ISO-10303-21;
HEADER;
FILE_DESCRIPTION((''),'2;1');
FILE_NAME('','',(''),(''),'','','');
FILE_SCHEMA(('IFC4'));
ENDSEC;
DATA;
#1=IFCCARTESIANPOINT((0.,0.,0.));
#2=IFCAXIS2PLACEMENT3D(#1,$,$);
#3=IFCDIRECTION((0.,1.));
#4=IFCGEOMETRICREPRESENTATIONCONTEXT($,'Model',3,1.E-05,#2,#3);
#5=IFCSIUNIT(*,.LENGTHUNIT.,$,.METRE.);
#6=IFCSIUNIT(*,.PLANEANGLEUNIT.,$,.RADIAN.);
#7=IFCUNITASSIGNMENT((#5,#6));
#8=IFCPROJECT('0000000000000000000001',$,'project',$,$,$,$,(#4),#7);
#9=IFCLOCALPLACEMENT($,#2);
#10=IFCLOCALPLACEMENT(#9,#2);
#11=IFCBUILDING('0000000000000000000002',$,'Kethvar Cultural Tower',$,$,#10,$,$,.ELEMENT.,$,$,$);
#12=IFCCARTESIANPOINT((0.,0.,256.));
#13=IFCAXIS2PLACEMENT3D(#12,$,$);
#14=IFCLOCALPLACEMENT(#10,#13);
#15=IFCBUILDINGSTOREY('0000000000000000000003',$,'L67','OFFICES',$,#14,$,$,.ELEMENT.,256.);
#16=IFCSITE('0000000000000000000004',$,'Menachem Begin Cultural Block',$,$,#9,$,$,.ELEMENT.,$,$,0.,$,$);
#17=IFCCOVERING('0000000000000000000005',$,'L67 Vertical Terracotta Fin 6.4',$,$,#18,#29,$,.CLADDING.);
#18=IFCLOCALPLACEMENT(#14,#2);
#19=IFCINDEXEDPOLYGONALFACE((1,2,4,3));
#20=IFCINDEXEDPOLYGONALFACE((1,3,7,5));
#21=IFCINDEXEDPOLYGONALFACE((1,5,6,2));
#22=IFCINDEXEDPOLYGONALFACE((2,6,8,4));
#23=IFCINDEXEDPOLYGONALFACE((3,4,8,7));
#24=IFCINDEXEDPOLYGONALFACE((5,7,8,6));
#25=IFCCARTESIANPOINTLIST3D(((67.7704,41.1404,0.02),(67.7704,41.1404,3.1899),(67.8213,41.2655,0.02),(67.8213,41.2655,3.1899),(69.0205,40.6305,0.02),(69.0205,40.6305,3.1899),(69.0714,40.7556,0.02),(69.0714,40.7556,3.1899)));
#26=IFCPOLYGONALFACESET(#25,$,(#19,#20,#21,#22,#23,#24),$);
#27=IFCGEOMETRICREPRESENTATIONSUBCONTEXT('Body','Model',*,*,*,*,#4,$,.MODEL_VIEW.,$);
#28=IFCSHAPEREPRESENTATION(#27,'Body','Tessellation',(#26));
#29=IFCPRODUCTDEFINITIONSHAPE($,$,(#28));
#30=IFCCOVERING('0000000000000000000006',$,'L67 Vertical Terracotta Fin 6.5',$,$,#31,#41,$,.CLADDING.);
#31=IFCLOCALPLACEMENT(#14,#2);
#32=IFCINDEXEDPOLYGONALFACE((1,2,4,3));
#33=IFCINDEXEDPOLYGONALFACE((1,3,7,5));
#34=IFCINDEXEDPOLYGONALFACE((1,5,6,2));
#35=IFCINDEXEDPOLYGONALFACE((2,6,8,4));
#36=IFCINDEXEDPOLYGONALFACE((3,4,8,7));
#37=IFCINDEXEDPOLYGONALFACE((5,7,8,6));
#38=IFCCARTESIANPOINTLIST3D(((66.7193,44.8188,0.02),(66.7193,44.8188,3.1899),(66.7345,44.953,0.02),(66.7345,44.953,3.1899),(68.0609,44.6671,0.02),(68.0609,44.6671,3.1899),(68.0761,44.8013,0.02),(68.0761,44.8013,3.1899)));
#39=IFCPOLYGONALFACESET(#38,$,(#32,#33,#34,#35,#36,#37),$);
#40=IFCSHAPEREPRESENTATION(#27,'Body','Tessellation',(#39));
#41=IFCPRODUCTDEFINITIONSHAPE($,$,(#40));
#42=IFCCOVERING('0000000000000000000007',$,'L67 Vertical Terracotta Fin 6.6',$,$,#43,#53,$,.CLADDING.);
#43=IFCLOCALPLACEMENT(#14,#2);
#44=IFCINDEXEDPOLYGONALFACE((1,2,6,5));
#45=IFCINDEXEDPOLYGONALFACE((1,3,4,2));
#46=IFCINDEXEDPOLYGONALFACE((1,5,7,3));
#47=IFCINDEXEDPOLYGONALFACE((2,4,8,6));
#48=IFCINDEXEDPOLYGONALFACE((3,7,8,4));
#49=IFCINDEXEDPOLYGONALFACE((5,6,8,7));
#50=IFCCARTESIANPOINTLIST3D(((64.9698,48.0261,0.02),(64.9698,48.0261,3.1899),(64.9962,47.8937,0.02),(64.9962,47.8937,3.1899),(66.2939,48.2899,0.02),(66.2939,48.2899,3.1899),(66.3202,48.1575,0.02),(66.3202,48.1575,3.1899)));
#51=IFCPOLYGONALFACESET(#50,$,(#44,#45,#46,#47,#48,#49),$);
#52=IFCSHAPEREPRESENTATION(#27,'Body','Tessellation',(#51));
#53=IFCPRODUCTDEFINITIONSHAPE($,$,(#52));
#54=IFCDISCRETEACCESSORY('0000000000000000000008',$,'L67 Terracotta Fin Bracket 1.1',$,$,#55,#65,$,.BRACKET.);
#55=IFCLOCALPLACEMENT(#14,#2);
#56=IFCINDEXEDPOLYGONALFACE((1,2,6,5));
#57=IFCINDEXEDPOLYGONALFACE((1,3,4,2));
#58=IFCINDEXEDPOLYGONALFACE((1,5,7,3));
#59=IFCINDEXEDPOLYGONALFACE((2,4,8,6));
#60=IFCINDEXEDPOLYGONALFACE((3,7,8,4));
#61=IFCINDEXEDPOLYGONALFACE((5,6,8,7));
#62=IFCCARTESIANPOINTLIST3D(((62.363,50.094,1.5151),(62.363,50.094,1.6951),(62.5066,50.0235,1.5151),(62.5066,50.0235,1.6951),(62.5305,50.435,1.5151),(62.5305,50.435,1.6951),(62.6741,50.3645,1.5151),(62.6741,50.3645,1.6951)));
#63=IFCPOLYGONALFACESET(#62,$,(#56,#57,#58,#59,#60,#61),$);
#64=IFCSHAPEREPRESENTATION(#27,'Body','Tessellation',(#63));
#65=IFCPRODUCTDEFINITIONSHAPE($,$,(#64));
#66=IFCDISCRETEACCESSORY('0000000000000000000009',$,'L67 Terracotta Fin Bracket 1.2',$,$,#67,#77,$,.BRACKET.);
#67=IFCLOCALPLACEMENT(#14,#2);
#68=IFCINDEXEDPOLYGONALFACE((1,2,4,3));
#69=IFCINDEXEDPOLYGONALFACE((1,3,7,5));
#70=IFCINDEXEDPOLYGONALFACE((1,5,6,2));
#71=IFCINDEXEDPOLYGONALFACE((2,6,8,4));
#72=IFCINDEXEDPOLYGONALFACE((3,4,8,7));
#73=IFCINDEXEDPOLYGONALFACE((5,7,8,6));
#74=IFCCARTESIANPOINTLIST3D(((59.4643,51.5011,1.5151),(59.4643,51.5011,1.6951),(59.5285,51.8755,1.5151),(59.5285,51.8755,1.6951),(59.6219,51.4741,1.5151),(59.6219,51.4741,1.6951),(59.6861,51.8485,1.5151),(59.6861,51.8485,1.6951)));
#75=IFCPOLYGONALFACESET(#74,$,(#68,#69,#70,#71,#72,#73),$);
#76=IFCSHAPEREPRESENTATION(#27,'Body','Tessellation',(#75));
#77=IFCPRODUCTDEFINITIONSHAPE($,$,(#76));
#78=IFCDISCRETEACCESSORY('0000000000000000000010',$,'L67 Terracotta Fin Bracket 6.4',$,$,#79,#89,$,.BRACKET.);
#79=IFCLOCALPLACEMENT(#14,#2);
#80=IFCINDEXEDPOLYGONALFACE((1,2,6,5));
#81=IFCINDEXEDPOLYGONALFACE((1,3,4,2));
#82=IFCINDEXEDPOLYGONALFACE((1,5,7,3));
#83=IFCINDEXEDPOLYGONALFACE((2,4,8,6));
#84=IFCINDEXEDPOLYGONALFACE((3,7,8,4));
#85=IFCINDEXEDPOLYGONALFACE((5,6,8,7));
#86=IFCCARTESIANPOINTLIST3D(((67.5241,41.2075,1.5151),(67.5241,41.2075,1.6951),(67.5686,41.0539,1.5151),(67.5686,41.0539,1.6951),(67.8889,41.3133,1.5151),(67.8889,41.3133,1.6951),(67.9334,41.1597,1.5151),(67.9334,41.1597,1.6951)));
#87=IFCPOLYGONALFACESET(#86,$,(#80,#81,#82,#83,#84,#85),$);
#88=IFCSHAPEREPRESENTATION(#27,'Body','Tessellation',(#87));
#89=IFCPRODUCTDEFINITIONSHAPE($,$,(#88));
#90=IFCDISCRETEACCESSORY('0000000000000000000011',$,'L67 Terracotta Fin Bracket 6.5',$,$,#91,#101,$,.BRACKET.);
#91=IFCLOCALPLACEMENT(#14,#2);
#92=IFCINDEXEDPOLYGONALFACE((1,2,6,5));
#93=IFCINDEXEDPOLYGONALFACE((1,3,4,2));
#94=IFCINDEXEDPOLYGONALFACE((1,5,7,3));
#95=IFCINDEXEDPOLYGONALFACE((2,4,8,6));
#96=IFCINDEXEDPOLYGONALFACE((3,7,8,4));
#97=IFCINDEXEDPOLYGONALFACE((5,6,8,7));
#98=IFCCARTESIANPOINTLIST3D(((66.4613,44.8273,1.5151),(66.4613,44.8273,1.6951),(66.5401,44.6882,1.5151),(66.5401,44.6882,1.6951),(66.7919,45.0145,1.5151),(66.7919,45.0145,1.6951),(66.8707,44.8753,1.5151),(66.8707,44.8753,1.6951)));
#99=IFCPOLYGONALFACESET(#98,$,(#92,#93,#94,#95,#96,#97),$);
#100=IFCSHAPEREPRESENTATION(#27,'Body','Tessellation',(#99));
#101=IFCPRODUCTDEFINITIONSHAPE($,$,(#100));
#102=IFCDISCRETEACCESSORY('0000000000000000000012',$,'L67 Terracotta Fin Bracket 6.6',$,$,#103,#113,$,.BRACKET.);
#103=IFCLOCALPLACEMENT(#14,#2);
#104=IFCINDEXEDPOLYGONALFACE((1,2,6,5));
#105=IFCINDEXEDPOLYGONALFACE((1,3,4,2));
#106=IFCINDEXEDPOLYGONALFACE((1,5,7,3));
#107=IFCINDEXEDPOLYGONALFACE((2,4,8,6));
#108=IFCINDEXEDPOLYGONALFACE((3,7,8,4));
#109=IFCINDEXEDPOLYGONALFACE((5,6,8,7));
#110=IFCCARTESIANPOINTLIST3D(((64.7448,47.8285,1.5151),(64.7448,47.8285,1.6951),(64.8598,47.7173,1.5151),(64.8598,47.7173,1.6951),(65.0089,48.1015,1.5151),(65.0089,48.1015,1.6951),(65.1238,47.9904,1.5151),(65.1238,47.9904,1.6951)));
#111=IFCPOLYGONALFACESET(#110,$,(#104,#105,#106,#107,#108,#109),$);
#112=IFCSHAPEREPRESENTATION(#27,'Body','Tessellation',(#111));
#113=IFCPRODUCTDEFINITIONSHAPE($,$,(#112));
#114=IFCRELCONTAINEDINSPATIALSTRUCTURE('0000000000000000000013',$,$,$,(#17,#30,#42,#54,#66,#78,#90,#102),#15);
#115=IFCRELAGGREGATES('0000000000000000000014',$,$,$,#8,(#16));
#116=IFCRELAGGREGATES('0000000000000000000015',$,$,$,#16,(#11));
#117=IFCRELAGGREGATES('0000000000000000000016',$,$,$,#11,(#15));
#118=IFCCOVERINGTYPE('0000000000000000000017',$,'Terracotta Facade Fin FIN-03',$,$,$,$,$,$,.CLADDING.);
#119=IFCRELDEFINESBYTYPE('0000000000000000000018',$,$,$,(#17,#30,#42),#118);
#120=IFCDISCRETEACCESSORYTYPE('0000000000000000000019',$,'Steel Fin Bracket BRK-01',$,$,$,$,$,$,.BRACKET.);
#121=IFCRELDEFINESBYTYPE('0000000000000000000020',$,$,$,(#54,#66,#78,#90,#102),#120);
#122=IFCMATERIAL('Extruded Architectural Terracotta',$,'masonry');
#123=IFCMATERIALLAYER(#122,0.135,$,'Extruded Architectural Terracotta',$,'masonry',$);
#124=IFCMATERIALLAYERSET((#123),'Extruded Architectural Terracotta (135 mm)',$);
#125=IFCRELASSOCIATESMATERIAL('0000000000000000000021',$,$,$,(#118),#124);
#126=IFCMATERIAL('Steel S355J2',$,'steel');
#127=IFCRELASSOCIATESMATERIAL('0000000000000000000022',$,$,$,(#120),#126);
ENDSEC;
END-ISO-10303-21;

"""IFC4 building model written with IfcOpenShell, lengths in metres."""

from ifc_helpers import new_model, si_unit, direction, frame, origin, origin_2d, place, context, subcontext, project, spatial, rectangle, extrude, source, transform, mapped, material, layer, layer_set, type_object, element, save


model = new_model("IFC4")

# Units and contexts
model_context = context("Model", 3, precision=1e-05, world=origin(), true_north=direction((0.0, 1.0)))
body_context = subcontext(model_context, "Body", "Model", "MODEL_VIEW")
ifc_project = project(units=[si_unit("LENGTHUNIT", "METRE"), si_unit("PLANEANGLEUNIT", "RADIAN")], contexts=[model_context])

# Site, building, storey
site_placement = place(None, origin())
site = spatial("IfcSite", under=ifc_project, at=site_placement, Name="Menachem Begin Cultural Block", CompositionType="ELEMENT", RefElevation=0.0)
building_placement = place(site_placement, origin())
building = spatial("IfcBuilding", under=site, at=building_placement, Name="Kethvar Cultural Tower", CompositionType="ELEMENT")
storey_placement = place(building_placement, frame((0.0, 0.0, 256.0)))
storey = spatial("IfcBuildingStorey", under=building, at=storey_placement, Name="L67", Description="OFFICES", CompositionType="ELEMENT", Elevation=256.0)

# Shared definitions
ifc_material_1 = material(Name="Steel S355J2", Category="steel")

# Coverings
ifc_material_2 = material(Name="Extruded Architectural Terracotta", Category="masonry")
ifc_layer_1 = layer(ifc_material_2, 0.135, Name="Extruded Architectural Terracotta", Category="masonry")
ifc_layer_set_1 = layer_set([ifc_layer_1], Name="Extruded Architectural Terracotta (135 mm)")
covering_type = type_object("IfcCoveringType", Name="Terracotta Facade Fin FIN-03", PredefinedType="CLADDING", material=ifc_layer_set_1)
shared_shape_1 = source(origin(), body_context, "Body", "SweptSolid", [
    extrude(rectangle(XDim=1.3501, YDim=0.135, at=origin_2d()), origin(), (0.0, 0.0, 1.0), 3.1699),
])
for number, where, z_axis, x_axis, name in (
    (1, (68.4209, 40.948, 0.02), (0.0, 0.0, 1.0), (0.925937, -0.377679, 0.0), "L67 Vertical Terracotta Fin 6.4"),
    (2, (67.3977, 44.8101, 0.02), (0.0, 0.0, 1.0), (0.99367, -0.112336, 0.0), "L67 Vertical Terracotta Fin 6.5"),
    (3, (65.645, 48.0918, 0.02), (0.0, 0.0, 1.0), (0.980717, 0.195433, 0.0), "L67 Vertical Terracotta Fin 6.6"),
):
    element("IfcCovering", number, at=place(storey_placement, frame(where, z_axis=z_axis, x_axis=x_axis)), inside=storey, type_object=covering_type, Name=name, PredefinedType="CLADDING", context=body_context, shape_type="MappedRepresentation", body=[
        mapped(shared_shape_1, transform((0.0, 0.0, 0.0), scale=1.0)),
    ])

# Discrete accessories
discrete_accessory_type = type_object("IfcDiscreteAccessoryType", Name="Steel Fin Bracket BRK-01", PredefinedType="BRACKET", material=ifc_material_1)
shared_shape_2 = source(origin(), body_context, "Body", "SweptSolid", [
    extrude(rectangle(XDim=0.3799, YDim=0.1599, at=origin_2d()), origin(), (0.0, 0.0, 1.0), 0.1799),
])
for number, where, z_axis, x_axis, name in (
    (4, (62.5186, 50.2292, 1.5151), (0.0, 0.0, 1.0), (0.440879, 0.897566, 0.0), "L67 Terracotta Fin Bracket 1.1"),
    (5, (59.5752, 51.6748, 1.5151), (0.0, 0.0, 1.0), (0.168833, 0.985645, 0.0), "L67 Terracotta Fin Bracket 1.2"),
    (6, (67.7288, 41.1836, 1.5151), (0.0, 0.0, 1.0), (0.960488, 0.278321, 0.0), "L67 Terracotta Fin Bracket 6.4"),
    (7, (66.666, 44.8513, 1.5151), (0.0, 0.0, 1.0), (0.87027, 0.492575, 0.0), "L67 Terracotta Fin Bracket 6.5"),
    (8, (64.9343, 47.9094, 1.5151), (0.0, 0.0, 1.0), (0.69516, 0.718855, 0.0), "L67 Terracotta Fin Bracket 6.6"),
):
    element("IfcDiscreteAccessory", number, at=place(storey_placement, frame(where, z_axis=z_axis, x_axis=x_axis)), inside=storey, type_object=discrete_accessory_type, Name=name, PredefinedType="BRACKET", context=body_context, shape_type="MappedRepresentation", body=[
        mapped(shared_shape_2, transform((0.0, 0.0, 0.0), scale=1.0)),
    ])

save(model, "model.ifc")
